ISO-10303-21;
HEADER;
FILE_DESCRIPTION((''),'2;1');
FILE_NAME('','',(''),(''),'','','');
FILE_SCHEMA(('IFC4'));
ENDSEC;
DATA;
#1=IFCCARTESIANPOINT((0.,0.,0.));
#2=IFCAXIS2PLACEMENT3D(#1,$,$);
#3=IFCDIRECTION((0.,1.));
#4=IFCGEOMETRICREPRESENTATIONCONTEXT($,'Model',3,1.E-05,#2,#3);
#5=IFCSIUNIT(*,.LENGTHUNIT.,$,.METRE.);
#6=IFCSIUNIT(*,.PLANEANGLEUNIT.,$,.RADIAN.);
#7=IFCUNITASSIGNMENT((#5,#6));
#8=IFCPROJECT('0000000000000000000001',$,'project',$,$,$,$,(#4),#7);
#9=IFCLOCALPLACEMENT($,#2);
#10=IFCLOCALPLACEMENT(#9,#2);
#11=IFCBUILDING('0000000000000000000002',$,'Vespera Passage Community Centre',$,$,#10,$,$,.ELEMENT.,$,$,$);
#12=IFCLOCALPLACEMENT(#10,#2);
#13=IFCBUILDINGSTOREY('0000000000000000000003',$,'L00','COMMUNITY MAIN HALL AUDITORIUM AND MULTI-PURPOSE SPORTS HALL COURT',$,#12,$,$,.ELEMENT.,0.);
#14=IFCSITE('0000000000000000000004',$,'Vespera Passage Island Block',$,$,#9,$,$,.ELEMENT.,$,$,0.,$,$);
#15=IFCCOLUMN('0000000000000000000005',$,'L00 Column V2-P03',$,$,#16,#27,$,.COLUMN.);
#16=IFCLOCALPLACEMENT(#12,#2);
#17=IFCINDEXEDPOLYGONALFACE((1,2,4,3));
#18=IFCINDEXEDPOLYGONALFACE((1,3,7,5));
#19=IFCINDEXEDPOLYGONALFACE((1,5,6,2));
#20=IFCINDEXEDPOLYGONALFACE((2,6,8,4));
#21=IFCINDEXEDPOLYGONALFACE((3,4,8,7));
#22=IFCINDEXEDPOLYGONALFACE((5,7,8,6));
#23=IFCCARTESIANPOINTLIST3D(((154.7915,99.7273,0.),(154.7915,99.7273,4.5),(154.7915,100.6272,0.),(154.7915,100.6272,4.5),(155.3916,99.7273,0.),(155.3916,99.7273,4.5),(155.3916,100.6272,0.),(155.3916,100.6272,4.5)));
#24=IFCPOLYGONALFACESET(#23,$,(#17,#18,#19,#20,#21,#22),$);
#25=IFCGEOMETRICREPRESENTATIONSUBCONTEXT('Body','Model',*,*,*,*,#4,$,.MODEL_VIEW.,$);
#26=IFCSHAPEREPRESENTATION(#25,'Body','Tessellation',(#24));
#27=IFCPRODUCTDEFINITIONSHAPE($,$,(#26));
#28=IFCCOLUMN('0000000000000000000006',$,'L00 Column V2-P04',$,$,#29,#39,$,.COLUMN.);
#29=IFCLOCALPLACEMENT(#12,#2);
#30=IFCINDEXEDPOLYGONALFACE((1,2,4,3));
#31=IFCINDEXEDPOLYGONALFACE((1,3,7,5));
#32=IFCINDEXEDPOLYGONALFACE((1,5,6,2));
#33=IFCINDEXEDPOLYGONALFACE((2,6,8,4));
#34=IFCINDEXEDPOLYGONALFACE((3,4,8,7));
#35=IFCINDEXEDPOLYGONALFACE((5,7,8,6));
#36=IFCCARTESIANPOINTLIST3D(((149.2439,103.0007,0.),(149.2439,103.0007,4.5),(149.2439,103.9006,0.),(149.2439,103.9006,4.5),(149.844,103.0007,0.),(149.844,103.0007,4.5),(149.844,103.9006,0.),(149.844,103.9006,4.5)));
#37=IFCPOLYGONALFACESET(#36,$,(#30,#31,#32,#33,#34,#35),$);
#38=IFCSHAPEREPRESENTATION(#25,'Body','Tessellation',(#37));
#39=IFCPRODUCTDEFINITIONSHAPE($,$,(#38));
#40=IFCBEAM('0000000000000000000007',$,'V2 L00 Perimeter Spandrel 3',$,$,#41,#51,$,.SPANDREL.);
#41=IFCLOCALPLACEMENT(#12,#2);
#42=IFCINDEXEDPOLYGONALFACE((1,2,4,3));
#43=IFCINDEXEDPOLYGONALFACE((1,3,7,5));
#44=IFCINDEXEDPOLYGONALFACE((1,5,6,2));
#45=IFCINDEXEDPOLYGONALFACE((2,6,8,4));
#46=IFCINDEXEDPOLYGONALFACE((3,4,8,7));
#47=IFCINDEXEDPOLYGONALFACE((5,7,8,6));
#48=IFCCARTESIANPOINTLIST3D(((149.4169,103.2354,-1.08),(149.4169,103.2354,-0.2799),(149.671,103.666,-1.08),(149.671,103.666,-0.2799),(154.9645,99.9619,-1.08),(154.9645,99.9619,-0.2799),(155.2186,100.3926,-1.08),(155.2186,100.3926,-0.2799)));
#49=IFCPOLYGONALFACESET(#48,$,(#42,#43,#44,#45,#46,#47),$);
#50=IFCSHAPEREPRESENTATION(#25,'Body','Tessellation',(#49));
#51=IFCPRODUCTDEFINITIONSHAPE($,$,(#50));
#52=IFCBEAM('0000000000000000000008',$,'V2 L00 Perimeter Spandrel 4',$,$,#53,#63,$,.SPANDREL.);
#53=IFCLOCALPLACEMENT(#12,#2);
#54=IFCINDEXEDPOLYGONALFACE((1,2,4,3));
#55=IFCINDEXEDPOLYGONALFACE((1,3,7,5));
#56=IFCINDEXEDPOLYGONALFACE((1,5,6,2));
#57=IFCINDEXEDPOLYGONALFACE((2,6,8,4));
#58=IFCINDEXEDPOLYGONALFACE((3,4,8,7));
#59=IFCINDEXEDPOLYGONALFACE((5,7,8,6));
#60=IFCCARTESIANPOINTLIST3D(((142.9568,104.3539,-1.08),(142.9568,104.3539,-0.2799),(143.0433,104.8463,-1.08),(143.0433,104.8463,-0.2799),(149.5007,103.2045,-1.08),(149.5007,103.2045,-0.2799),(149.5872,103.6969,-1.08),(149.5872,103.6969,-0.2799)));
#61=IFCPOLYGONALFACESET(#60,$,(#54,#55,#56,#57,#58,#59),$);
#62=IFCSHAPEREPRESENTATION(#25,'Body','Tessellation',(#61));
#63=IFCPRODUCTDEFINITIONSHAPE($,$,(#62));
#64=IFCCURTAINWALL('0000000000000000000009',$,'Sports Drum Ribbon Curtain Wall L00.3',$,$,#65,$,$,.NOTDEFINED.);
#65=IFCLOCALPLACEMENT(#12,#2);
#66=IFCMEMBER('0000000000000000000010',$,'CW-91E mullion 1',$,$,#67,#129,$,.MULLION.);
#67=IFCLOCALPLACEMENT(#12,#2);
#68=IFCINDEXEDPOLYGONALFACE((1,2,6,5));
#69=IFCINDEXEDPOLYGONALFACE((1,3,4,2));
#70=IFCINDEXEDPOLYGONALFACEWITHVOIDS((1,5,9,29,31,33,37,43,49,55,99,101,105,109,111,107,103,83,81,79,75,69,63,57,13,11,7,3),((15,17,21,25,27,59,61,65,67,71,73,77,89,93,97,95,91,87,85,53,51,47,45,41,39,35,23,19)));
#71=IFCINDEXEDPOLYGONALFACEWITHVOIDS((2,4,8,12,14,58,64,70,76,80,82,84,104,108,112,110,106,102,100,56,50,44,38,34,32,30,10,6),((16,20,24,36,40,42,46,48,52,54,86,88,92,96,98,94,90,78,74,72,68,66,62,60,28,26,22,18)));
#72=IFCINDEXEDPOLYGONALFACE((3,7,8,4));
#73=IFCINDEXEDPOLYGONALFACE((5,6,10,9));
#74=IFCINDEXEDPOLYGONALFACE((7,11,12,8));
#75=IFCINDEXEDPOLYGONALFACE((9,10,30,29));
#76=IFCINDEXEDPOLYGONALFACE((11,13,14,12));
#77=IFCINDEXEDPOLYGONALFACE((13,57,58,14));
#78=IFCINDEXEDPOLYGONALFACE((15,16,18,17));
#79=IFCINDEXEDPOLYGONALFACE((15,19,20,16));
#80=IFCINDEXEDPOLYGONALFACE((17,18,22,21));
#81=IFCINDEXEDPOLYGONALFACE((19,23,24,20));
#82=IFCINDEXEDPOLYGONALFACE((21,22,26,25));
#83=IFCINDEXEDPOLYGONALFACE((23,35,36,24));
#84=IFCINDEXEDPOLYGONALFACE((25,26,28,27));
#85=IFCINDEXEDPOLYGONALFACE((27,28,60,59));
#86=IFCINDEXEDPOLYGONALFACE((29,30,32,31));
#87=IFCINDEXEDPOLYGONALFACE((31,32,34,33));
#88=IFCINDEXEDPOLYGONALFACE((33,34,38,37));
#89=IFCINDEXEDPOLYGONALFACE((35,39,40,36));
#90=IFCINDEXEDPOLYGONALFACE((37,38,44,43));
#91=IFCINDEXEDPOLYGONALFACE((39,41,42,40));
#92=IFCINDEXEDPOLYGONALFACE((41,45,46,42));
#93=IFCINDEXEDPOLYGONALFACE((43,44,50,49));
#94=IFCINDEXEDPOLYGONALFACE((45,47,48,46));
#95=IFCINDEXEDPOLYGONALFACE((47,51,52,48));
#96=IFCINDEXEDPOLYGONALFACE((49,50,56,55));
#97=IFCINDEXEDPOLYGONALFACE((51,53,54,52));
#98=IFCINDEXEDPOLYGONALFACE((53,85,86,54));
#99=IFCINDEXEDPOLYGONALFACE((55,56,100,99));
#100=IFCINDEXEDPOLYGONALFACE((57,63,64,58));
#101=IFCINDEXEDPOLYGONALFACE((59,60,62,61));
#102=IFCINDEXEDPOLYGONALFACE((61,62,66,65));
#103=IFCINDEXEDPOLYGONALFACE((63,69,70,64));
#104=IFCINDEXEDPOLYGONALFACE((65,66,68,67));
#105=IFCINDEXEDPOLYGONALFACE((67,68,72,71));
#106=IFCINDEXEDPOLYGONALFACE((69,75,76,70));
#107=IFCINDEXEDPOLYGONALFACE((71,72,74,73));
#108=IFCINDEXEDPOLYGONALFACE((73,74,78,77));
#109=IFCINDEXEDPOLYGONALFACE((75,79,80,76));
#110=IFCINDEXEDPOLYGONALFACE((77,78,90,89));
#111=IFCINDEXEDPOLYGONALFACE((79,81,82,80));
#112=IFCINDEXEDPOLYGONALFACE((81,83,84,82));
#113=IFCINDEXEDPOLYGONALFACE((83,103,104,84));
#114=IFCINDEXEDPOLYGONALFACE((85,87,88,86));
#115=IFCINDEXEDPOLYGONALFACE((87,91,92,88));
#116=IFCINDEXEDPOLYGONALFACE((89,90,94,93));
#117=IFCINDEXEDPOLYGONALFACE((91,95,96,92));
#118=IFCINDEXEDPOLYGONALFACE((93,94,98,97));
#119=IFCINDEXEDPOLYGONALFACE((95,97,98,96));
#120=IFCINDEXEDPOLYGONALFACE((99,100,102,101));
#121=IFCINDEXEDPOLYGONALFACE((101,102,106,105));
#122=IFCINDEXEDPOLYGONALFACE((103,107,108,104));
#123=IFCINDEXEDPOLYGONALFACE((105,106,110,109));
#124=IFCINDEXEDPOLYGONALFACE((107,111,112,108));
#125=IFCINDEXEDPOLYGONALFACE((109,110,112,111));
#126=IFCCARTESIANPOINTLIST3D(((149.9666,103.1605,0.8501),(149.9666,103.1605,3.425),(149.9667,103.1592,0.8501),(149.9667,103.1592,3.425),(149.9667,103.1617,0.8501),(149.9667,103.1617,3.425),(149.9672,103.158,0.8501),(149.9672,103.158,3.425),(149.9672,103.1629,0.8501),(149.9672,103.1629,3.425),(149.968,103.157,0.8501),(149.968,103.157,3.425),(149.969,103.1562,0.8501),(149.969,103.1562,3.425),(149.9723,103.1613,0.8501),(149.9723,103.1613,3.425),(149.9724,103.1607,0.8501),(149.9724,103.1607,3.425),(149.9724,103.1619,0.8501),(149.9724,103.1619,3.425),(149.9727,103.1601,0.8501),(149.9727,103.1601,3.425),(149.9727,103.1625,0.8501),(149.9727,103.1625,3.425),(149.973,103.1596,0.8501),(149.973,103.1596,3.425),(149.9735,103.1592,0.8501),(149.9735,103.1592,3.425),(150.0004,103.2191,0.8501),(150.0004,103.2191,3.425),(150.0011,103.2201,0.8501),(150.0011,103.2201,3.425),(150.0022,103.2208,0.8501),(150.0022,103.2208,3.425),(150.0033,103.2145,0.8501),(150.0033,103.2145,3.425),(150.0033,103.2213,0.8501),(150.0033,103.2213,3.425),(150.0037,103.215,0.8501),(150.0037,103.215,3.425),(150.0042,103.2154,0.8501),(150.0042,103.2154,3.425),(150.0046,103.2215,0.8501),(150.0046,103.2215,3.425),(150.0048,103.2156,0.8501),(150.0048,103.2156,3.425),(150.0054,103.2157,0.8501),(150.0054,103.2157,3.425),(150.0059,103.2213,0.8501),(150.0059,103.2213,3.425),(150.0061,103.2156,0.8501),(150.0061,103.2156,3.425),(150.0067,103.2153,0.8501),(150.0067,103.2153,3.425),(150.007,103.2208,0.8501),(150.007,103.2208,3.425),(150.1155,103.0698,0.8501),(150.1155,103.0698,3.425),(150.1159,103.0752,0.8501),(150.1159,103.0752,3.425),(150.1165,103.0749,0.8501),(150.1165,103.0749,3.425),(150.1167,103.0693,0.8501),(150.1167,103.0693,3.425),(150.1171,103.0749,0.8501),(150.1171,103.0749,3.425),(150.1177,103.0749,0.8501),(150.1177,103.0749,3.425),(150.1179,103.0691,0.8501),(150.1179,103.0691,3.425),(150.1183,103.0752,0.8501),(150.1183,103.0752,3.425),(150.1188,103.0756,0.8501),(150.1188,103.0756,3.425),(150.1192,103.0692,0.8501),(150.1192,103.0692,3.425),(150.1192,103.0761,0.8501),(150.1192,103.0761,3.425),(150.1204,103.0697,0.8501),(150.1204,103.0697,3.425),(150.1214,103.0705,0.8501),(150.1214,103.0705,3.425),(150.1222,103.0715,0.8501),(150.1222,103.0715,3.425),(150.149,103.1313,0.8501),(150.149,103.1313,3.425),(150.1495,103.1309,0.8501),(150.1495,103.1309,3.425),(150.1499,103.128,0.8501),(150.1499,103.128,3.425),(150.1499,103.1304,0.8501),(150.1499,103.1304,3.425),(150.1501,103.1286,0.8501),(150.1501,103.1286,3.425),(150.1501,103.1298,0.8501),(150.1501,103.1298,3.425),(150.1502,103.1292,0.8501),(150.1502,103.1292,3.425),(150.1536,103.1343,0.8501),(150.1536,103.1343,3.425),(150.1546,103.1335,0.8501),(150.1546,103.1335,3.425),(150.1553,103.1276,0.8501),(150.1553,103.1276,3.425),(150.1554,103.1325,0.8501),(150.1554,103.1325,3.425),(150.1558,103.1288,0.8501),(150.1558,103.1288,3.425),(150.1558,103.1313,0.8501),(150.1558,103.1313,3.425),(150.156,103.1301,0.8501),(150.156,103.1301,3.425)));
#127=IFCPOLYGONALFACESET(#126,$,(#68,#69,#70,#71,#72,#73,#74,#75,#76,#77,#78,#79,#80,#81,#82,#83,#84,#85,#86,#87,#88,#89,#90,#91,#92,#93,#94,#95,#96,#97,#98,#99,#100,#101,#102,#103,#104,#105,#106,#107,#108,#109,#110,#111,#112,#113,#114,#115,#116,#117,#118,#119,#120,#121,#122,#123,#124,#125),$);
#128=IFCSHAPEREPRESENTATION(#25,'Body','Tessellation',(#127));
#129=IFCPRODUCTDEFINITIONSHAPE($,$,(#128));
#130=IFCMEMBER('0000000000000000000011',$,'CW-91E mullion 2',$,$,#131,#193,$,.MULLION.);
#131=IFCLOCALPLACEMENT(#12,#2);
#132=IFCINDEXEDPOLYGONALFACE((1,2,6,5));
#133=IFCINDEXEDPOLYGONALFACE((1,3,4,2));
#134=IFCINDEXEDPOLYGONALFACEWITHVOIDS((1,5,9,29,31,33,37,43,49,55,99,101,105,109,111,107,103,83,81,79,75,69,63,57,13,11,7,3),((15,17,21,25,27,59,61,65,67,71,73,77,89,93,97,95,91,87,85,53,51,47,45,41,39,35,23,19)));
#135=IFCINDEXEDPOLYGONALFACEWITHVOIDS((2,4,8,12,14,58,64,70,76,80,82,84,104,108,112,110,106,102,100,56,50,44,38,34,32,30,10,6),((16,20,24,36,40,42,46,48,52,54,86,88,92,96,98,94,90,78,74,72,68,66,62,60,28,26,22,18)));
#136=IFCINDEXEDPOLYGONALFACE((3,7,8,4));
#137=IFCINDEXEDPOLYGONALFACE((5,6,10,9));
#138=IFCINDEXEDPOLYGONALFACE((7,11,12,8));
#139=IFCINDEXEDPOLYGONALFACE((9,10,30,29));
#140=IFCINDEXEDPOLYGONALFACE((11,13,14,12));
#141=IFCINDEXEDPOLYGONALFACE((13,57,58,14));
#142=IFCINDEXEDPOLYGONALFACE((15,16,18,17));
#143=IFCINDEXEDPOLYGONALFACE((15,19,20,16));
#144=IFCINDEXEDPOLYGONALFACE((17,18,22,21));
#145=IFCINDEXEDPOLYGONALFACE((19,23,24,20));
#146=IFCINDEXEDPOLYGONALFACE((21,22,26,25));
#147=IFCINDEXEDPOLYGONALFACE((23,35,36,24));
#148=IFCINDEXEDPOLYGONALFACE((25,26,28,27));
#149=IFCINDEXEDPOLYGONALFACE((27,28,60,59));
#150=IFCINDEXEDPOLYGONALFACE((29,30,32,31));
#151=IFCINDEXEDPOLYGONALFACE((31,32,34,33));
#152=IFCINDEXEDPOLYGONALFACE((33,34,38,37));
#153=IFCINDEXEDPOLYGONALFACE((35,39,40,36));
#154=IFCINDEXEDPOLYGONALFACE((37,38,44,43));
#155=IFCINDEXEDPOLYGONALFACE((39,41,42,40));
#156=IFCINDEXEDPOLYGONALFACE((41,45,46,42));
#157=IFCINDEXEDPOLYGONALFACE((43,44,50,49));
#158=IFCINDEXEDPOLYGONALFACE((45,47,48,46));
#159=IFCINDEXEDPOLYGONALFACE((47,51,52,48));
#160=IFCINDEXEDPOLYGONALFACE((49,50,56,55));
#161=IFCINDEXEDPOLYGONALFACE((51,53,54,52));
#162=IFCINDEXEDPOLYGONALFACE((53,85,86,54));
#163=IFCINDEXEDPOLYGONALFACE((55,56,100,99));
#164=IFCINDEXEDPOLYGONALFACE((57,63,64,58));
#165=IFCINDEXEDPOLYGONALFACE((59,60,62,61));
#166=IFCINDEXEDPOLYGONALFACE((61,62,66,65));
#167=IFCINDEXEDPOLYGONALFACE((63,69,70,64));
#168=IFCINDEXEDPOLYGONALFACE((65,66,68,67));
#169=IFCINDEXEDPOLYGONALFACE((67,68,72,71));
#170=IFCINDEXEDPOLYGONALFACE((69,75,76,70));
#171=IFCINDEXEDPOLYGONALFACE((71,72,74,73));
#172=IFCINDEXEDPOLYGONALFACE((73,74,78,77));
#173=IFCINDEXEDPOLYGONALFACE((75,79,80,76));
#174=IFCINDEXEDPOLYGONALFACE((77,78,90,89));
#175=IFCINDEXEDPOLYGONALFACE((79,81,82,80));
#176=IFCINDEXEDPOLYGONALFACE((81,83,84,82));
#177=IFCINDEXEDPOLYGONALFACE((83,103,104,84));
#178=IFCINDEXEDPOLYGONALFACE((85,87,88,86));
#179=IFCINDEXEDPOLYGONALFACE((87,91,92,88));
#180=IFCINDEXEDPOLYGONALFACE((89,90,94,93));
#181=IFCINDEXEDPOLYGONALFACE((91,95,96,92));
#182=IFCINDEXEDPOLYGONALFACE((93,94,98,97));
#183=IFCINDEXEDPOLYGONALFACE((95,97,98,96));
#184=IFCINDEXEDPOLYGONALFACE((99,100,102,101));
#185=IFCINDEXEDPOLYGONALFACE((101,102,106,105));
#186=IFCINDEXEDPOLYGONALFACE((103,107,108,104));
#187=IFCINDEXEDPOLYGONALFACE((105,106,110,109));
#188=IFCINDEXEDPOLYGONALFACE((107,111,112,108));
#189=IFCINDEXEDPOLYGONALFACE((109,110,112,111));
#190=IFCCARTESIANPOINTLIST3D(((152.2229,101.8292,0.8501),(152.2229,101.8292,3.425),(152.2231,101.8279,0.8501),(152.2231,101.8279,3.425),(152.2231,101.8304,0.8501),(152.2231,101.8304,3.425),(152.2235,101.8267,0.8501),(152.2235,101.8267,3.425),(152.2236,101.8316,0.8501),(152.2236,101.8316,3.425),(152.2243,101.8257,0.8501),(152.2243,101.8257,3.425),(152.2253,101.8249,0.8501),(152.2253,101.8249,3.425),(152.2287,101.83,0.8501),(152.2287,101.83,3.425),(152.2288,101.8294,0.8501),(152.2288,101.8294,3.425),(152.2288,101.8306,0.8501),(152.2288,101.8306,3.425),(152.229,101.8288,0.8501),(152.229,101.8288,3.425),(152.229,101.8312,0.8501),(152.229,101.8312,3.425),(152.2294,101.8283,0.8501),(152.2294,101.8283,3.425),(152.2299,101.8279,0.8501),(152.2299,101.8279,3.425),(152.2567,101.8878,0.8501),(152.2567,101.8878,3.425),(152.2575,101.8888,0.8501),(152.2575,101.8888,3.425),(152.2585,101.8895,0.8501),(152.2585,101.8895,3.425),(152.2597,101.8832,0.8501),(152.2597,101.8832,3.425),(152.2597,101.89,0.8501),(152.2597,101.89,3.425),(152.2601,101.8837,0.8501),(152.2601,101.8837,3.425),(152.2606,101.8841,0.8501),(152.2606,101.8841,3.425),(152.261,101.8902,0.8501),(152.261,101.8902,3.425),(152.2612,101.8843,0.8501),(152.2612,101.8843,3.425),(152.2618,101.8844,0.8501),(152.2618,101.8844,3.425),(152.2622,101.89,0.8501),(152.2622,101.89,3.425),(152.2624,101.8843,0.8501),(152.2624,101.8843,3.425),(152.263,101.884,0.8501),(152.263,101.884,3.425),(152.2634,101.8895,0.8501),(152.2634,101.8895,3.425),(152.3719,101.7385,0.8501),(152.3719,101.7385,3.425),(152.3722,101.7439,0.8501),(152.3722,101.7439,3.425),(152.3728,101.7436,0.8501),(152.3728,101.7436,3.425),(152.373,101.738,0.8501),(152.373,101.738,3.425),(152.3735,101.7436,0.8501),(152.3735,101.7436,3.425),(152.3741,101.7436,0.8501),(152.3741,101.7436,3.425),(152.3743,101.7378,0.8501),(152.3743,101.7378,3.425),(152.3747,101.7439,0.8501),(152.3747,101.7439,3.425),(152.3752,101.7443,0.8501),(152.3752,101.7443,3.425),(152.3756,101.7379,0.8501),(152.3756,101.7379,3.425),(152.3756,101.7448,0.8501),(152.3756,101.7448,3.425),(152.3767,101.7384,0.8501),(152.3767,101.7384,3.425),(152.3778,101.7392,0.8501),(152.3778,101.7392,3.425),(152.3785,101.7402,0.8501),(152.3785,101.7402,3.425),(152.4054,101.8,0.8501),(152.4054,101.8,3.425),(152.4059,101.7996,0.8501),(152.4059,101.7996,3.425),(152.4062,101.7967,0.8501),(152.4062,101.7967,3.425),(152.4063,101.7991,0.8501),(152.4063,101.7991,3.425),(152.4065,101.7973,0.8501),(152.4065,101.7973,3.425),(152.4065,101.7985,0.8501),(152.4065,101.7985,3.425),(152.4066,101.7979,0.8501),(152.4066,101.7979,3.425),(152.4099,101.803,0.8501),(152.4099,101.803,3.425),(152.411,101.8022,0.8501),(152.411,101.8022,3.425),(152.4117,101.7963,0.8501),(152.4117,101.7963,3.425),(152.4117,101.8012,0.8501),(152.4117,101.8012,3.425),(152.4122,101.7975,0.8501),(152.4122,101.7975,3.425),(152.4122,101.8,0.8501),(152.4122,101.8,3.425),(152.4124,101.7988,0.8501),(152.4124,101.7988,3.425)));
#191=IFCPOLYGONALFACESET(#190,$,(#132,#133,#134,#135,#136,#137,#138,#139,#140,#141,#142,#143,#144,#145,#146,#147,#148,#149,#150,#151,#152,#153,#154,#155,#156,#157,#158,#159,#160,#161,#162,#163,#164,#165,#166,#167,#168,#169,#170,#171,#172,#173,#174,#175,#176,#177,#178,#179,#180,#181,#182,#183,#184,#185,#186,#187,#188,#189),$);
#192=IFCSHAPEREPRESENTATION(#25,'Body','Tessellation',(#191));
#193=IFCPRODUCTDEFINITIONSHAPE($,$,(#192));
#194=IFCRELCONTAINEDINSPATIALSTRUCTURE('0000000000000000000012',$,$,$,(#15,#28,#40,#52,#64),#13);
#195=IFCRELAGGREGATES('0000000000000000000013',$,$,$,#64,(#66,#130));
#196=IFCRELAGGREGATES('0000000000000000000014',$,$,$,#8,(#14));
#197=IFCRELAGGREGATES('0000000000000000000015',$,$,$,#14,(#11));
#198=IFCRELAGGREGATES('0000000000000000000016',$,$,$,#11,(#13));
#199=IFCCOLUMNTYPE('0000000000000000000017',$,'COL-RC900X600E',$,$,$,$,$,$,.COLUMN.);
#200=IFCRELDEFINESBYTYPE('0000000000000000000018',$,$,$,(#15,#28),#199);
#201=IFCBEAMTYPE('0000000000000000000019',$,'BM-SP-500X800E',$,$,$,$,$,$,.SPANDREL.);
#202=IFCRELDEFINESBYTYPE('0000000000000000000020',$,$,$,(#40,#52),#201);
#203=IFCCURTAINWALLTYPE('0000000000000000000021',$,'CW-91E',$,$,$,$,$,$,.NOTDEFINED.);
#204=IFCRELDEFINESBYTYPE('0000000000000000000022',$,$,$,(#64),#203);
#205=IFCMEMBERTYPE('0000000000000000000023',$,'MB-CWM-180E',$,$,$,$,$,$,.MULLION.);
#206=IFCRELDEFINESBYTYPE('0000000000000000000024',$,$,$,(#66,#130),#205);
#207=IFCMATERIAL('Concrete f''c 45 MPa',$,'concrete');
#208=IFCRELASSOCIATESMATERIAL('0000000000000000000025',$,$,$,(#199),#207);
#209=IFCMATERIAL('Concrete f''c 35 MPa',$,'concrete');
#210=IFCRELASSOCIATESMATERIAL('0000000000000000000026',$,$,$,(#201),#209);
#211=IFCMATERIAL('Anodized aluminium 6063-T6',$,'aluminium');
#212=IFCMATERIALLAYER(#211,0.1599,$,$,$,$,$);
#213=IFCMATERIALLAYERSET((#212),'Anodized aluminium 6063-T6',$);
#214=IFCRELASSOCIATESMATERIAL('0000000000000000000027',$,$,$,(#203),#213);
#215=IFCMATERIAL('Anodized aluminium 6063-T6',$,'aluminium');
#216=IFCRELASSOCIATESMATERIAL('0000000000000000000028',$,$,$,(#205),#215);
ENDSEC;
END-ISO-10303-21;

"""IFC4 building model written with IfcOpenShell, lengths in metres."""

from ifc_helpers import new_model, si_unit, direction, frame, origin, origin_2d, place, context, subcontext, project, spatial, rectangle, hollow_rectangle, extrude, material, layer, layer_set, material_profile, profile_set, type_object, element, aggregate, save


model = new_model("IFC4")

# Units and contexts
model_context = context("Model", 3, precision=1e-05, world=origin(), true_north=direction((0.0, 1.0)))
body_context = subcontext(model_context, "Body", "Model", "MODEL_VIEW")
ifc_project = project(units=[si_unit("LENGTHUNIT", "METRE"), si_unit("PLANEANGLEUNIT", "RADIAN")], contexts=[model_context])

# Site, building, storey
site_placement = place(None, origin())
site = spatial("IfcSite", under=ifc_project, at=site_placement, Name="Vespera Passage Island Block", CompositionType="ELEMENT", RefElevation=0.0)
building_placement = place(site_placement, origin())
building = spatial("IfcBuilding", under=site, at=building_placement, Name="Vespera Passage Community Centre", CompositionType="ELEMENT")
storey_placement = place(building_placement, origin())
storey = spatial("IfcBuildingStorey", under=building, at=storey_placement, Name="L00", Description="COMMUNITY MAIN HALL AUDITORIUM AND MULTI-PURPOSE SPORTS HALL COURT", CompositionType="ELEMENT", Elevation=0.0)

# Columns
ifc_material_1 = material(Name="Concrete f'c 45 MPa", Category="concrete")
ifc_material_profile_1 = material_profile(ifc_material_1, rectangle(XDim=0.6001, YDim=0.8999, at=origin_2d()), Name="RC900X600")
ifc_profile_set_1 = profile_set([ifc_material_profile_1], Name="Concrete f'c 45 MPa")
column_type = type_object("IfcColumnType", Name="COL-RC900X600E", PredefinedType="COLUMN", material=ifc_profile_set_1)
for number, where, z_axis, x_axis, name in (
    (1, (155.0916, 100.1772, 0.0), (0.0, 0.0, 1.0), (1.0, 0.0, 0.0), "L00 Column V2-P03"),
    (2, (149.5439, 103.4507, 0.0), (0.0, 0.0, 1.0), (1.0, 0.0, 0.0), "L00 Column V2-P04"),
):
    element("IfcColumn", number, at=place(storey_placement, frame(where, z_axis=z_axis, x_axis=x_axis)), inside=storey, type_object=column_type, Name=name, PredefinedType="COLUMN", context=body_context, shape_type="SweptSolid", body=[
        extrude(rectangle(XDim=0.6001, YDim=0.8999, at=origin_2d()), origin(), (0.0, 0.0, 1.0), 4.5),
    ])

# Beams
ifc_material_2 = material(Name="Concrete f'c 35 MPa", Category="concrete")
ifc_material_profile_2 = material_profile(ifc_material_2, rectangle(XDim=0.5, YDim=0.8, at=origin_2d()), Name="RC500X800")
ifc_profile_set_2 = profile_set([ifc_material_profile_2], Name="Concrete f'c 35 MPa")
beam_type = type_object("IfcBeamType", Name="BM-SP-500X800E", PredefinedType="SPANDREL", material=ifc_profile_set_2)
beam_1_placement = place(storey_placement, frame((155.0916, 100.1772, -0.6799), z_axis=(-0.861246, 0.508189, 0.0), x_axis=(-0.508189, -0.861246, 0.0)))
element("IfcBeam", 3, at=beam_1_placement, inside=storey, type_object=beam_type, Name="V2 L00 Perimeter Spandrel 3", PredefinedType="SPANDREL", context=body_context, shape_type="SweptSolid", body=[
    extrude(rectangle(XDim=0.5, YDim=0.8, at=origin_2d()), origin(), (0.0, 0.0, 1.0), 6.4414),
])
beam_2_placement = place(storey_placement, frame((149.5439, 103.4507, -0.6799), z_axis=(-0.984922, 0.172997, 0.0), x_axis=(-0.172997, -0.984922, 0.0)))
element("IfcBeam", 4, at=beam_2_placement, inside=storey, type_object=beam_type, Name="V2 L00 Perimeter Spandrel 4", PredefinedType="SPANDREL", context=body_context, shape_type="SweptSolid", body=[
    extrude(rectangle(XDim=0.5, YDim=0.8, at=origin_2d()), origin(), (0.0, 0.0, 1.0), 6.644),
])

# Curtain wall, members
ifc_material_3 = material(Name="Anodized aluminium 6063-T6", Category="aluminium")
ifc_layer_1 = layer(ifc_material_3, 0.1599)
ifc_layer_set_1 = layer_set([ifc_layer_1], Name="Anodized aluminium 6063-T6")
curtain_wall_type = type_object("IfcCurtainWallType", Name="CW-91E", PredefinedType="NOTDEFINED", material=ifc_layer_set_1)
curtain_wall_placement = place(storey_placement, origin())
curtain_wall = element("IfcCurtainWall", 5, at=curtain_wall_placement, inside=storey, type_object=curtain_wall_type, Name="Sports Drum Ribbon Curtain Wall L00.3", PredefinedType="NOTDEFINED")
ifc_material_4 = material(Name="Anodized aluminium 6063-T6", Category="aluminium")
ifc_material_profile_3 = material_profile(ifc_material_4, hollow_rectangle(XDim=0.075, YDim=0.1799, WallThickness=0.0049, InnerFilletRadius=0.0024, OuterFilletRadius=0.0049, at=origin_2d()), Name="ALU180X75X5")
ifc_profile_set_3 = profile_set([ifc_material_profile_3], Name="Anodized aluminium 6063-T6")
member_type_1 = type_object("IfcMemberType", Name="MB-CWM-180E", PredefinedType="MULLION", material=ifc_profile_set_3)
member_1_placement = place(storey_placement, frame((150.0613, 103.1453, 0.8501), z_axis=(0.0, 0.0, 1.0), x_axis=(0.50817, 0.861257, 0.0)))
member_1 = element("IfcMember", 6, at=member_1_placement, type_object=member_type_1, Name="CW-91E mullion 1", PredefinedType="MULLION", context=body_context, shape_type="SweptSolid", body=[
    extrude(hollow_rectangle(XDim=0.075, YDim=0.1799, WallThickness=0.0049, InnerFilletRadius=0.0024, OuterFilletRadius=0.0049, at=origin_2d()), origin(), (0.0, 0.0, 1.0), 2.575),
])
member_2_placement = place(storey_placement, frame((152.3176, 101.814, 0.8501), z_axis=(0.0, 0.0, 1.0), x_axis=(0.50817, 0.861257, 0.0)))
member_2 = element("IfcMember", 7, at=member_2_placement, type_object=member_type_1, Name="CW-91E mullion 2", PredefinedType="MULLION", context=body_context, shape_type="SweptSolid", body=[
    extrude(hollow_rectangle(XDim=0.075, YDim=0.1799, WallThickness=0.0049, InnerFilletRadius=0.0024, OuterFilletRadius=0.0049, at=origin_2d()), origin(), (0.0, 0.0, 1.0), 2.575),
])
aggregate(curtain_wall, [member_1, member_2])

save(model, "model.ifc")
